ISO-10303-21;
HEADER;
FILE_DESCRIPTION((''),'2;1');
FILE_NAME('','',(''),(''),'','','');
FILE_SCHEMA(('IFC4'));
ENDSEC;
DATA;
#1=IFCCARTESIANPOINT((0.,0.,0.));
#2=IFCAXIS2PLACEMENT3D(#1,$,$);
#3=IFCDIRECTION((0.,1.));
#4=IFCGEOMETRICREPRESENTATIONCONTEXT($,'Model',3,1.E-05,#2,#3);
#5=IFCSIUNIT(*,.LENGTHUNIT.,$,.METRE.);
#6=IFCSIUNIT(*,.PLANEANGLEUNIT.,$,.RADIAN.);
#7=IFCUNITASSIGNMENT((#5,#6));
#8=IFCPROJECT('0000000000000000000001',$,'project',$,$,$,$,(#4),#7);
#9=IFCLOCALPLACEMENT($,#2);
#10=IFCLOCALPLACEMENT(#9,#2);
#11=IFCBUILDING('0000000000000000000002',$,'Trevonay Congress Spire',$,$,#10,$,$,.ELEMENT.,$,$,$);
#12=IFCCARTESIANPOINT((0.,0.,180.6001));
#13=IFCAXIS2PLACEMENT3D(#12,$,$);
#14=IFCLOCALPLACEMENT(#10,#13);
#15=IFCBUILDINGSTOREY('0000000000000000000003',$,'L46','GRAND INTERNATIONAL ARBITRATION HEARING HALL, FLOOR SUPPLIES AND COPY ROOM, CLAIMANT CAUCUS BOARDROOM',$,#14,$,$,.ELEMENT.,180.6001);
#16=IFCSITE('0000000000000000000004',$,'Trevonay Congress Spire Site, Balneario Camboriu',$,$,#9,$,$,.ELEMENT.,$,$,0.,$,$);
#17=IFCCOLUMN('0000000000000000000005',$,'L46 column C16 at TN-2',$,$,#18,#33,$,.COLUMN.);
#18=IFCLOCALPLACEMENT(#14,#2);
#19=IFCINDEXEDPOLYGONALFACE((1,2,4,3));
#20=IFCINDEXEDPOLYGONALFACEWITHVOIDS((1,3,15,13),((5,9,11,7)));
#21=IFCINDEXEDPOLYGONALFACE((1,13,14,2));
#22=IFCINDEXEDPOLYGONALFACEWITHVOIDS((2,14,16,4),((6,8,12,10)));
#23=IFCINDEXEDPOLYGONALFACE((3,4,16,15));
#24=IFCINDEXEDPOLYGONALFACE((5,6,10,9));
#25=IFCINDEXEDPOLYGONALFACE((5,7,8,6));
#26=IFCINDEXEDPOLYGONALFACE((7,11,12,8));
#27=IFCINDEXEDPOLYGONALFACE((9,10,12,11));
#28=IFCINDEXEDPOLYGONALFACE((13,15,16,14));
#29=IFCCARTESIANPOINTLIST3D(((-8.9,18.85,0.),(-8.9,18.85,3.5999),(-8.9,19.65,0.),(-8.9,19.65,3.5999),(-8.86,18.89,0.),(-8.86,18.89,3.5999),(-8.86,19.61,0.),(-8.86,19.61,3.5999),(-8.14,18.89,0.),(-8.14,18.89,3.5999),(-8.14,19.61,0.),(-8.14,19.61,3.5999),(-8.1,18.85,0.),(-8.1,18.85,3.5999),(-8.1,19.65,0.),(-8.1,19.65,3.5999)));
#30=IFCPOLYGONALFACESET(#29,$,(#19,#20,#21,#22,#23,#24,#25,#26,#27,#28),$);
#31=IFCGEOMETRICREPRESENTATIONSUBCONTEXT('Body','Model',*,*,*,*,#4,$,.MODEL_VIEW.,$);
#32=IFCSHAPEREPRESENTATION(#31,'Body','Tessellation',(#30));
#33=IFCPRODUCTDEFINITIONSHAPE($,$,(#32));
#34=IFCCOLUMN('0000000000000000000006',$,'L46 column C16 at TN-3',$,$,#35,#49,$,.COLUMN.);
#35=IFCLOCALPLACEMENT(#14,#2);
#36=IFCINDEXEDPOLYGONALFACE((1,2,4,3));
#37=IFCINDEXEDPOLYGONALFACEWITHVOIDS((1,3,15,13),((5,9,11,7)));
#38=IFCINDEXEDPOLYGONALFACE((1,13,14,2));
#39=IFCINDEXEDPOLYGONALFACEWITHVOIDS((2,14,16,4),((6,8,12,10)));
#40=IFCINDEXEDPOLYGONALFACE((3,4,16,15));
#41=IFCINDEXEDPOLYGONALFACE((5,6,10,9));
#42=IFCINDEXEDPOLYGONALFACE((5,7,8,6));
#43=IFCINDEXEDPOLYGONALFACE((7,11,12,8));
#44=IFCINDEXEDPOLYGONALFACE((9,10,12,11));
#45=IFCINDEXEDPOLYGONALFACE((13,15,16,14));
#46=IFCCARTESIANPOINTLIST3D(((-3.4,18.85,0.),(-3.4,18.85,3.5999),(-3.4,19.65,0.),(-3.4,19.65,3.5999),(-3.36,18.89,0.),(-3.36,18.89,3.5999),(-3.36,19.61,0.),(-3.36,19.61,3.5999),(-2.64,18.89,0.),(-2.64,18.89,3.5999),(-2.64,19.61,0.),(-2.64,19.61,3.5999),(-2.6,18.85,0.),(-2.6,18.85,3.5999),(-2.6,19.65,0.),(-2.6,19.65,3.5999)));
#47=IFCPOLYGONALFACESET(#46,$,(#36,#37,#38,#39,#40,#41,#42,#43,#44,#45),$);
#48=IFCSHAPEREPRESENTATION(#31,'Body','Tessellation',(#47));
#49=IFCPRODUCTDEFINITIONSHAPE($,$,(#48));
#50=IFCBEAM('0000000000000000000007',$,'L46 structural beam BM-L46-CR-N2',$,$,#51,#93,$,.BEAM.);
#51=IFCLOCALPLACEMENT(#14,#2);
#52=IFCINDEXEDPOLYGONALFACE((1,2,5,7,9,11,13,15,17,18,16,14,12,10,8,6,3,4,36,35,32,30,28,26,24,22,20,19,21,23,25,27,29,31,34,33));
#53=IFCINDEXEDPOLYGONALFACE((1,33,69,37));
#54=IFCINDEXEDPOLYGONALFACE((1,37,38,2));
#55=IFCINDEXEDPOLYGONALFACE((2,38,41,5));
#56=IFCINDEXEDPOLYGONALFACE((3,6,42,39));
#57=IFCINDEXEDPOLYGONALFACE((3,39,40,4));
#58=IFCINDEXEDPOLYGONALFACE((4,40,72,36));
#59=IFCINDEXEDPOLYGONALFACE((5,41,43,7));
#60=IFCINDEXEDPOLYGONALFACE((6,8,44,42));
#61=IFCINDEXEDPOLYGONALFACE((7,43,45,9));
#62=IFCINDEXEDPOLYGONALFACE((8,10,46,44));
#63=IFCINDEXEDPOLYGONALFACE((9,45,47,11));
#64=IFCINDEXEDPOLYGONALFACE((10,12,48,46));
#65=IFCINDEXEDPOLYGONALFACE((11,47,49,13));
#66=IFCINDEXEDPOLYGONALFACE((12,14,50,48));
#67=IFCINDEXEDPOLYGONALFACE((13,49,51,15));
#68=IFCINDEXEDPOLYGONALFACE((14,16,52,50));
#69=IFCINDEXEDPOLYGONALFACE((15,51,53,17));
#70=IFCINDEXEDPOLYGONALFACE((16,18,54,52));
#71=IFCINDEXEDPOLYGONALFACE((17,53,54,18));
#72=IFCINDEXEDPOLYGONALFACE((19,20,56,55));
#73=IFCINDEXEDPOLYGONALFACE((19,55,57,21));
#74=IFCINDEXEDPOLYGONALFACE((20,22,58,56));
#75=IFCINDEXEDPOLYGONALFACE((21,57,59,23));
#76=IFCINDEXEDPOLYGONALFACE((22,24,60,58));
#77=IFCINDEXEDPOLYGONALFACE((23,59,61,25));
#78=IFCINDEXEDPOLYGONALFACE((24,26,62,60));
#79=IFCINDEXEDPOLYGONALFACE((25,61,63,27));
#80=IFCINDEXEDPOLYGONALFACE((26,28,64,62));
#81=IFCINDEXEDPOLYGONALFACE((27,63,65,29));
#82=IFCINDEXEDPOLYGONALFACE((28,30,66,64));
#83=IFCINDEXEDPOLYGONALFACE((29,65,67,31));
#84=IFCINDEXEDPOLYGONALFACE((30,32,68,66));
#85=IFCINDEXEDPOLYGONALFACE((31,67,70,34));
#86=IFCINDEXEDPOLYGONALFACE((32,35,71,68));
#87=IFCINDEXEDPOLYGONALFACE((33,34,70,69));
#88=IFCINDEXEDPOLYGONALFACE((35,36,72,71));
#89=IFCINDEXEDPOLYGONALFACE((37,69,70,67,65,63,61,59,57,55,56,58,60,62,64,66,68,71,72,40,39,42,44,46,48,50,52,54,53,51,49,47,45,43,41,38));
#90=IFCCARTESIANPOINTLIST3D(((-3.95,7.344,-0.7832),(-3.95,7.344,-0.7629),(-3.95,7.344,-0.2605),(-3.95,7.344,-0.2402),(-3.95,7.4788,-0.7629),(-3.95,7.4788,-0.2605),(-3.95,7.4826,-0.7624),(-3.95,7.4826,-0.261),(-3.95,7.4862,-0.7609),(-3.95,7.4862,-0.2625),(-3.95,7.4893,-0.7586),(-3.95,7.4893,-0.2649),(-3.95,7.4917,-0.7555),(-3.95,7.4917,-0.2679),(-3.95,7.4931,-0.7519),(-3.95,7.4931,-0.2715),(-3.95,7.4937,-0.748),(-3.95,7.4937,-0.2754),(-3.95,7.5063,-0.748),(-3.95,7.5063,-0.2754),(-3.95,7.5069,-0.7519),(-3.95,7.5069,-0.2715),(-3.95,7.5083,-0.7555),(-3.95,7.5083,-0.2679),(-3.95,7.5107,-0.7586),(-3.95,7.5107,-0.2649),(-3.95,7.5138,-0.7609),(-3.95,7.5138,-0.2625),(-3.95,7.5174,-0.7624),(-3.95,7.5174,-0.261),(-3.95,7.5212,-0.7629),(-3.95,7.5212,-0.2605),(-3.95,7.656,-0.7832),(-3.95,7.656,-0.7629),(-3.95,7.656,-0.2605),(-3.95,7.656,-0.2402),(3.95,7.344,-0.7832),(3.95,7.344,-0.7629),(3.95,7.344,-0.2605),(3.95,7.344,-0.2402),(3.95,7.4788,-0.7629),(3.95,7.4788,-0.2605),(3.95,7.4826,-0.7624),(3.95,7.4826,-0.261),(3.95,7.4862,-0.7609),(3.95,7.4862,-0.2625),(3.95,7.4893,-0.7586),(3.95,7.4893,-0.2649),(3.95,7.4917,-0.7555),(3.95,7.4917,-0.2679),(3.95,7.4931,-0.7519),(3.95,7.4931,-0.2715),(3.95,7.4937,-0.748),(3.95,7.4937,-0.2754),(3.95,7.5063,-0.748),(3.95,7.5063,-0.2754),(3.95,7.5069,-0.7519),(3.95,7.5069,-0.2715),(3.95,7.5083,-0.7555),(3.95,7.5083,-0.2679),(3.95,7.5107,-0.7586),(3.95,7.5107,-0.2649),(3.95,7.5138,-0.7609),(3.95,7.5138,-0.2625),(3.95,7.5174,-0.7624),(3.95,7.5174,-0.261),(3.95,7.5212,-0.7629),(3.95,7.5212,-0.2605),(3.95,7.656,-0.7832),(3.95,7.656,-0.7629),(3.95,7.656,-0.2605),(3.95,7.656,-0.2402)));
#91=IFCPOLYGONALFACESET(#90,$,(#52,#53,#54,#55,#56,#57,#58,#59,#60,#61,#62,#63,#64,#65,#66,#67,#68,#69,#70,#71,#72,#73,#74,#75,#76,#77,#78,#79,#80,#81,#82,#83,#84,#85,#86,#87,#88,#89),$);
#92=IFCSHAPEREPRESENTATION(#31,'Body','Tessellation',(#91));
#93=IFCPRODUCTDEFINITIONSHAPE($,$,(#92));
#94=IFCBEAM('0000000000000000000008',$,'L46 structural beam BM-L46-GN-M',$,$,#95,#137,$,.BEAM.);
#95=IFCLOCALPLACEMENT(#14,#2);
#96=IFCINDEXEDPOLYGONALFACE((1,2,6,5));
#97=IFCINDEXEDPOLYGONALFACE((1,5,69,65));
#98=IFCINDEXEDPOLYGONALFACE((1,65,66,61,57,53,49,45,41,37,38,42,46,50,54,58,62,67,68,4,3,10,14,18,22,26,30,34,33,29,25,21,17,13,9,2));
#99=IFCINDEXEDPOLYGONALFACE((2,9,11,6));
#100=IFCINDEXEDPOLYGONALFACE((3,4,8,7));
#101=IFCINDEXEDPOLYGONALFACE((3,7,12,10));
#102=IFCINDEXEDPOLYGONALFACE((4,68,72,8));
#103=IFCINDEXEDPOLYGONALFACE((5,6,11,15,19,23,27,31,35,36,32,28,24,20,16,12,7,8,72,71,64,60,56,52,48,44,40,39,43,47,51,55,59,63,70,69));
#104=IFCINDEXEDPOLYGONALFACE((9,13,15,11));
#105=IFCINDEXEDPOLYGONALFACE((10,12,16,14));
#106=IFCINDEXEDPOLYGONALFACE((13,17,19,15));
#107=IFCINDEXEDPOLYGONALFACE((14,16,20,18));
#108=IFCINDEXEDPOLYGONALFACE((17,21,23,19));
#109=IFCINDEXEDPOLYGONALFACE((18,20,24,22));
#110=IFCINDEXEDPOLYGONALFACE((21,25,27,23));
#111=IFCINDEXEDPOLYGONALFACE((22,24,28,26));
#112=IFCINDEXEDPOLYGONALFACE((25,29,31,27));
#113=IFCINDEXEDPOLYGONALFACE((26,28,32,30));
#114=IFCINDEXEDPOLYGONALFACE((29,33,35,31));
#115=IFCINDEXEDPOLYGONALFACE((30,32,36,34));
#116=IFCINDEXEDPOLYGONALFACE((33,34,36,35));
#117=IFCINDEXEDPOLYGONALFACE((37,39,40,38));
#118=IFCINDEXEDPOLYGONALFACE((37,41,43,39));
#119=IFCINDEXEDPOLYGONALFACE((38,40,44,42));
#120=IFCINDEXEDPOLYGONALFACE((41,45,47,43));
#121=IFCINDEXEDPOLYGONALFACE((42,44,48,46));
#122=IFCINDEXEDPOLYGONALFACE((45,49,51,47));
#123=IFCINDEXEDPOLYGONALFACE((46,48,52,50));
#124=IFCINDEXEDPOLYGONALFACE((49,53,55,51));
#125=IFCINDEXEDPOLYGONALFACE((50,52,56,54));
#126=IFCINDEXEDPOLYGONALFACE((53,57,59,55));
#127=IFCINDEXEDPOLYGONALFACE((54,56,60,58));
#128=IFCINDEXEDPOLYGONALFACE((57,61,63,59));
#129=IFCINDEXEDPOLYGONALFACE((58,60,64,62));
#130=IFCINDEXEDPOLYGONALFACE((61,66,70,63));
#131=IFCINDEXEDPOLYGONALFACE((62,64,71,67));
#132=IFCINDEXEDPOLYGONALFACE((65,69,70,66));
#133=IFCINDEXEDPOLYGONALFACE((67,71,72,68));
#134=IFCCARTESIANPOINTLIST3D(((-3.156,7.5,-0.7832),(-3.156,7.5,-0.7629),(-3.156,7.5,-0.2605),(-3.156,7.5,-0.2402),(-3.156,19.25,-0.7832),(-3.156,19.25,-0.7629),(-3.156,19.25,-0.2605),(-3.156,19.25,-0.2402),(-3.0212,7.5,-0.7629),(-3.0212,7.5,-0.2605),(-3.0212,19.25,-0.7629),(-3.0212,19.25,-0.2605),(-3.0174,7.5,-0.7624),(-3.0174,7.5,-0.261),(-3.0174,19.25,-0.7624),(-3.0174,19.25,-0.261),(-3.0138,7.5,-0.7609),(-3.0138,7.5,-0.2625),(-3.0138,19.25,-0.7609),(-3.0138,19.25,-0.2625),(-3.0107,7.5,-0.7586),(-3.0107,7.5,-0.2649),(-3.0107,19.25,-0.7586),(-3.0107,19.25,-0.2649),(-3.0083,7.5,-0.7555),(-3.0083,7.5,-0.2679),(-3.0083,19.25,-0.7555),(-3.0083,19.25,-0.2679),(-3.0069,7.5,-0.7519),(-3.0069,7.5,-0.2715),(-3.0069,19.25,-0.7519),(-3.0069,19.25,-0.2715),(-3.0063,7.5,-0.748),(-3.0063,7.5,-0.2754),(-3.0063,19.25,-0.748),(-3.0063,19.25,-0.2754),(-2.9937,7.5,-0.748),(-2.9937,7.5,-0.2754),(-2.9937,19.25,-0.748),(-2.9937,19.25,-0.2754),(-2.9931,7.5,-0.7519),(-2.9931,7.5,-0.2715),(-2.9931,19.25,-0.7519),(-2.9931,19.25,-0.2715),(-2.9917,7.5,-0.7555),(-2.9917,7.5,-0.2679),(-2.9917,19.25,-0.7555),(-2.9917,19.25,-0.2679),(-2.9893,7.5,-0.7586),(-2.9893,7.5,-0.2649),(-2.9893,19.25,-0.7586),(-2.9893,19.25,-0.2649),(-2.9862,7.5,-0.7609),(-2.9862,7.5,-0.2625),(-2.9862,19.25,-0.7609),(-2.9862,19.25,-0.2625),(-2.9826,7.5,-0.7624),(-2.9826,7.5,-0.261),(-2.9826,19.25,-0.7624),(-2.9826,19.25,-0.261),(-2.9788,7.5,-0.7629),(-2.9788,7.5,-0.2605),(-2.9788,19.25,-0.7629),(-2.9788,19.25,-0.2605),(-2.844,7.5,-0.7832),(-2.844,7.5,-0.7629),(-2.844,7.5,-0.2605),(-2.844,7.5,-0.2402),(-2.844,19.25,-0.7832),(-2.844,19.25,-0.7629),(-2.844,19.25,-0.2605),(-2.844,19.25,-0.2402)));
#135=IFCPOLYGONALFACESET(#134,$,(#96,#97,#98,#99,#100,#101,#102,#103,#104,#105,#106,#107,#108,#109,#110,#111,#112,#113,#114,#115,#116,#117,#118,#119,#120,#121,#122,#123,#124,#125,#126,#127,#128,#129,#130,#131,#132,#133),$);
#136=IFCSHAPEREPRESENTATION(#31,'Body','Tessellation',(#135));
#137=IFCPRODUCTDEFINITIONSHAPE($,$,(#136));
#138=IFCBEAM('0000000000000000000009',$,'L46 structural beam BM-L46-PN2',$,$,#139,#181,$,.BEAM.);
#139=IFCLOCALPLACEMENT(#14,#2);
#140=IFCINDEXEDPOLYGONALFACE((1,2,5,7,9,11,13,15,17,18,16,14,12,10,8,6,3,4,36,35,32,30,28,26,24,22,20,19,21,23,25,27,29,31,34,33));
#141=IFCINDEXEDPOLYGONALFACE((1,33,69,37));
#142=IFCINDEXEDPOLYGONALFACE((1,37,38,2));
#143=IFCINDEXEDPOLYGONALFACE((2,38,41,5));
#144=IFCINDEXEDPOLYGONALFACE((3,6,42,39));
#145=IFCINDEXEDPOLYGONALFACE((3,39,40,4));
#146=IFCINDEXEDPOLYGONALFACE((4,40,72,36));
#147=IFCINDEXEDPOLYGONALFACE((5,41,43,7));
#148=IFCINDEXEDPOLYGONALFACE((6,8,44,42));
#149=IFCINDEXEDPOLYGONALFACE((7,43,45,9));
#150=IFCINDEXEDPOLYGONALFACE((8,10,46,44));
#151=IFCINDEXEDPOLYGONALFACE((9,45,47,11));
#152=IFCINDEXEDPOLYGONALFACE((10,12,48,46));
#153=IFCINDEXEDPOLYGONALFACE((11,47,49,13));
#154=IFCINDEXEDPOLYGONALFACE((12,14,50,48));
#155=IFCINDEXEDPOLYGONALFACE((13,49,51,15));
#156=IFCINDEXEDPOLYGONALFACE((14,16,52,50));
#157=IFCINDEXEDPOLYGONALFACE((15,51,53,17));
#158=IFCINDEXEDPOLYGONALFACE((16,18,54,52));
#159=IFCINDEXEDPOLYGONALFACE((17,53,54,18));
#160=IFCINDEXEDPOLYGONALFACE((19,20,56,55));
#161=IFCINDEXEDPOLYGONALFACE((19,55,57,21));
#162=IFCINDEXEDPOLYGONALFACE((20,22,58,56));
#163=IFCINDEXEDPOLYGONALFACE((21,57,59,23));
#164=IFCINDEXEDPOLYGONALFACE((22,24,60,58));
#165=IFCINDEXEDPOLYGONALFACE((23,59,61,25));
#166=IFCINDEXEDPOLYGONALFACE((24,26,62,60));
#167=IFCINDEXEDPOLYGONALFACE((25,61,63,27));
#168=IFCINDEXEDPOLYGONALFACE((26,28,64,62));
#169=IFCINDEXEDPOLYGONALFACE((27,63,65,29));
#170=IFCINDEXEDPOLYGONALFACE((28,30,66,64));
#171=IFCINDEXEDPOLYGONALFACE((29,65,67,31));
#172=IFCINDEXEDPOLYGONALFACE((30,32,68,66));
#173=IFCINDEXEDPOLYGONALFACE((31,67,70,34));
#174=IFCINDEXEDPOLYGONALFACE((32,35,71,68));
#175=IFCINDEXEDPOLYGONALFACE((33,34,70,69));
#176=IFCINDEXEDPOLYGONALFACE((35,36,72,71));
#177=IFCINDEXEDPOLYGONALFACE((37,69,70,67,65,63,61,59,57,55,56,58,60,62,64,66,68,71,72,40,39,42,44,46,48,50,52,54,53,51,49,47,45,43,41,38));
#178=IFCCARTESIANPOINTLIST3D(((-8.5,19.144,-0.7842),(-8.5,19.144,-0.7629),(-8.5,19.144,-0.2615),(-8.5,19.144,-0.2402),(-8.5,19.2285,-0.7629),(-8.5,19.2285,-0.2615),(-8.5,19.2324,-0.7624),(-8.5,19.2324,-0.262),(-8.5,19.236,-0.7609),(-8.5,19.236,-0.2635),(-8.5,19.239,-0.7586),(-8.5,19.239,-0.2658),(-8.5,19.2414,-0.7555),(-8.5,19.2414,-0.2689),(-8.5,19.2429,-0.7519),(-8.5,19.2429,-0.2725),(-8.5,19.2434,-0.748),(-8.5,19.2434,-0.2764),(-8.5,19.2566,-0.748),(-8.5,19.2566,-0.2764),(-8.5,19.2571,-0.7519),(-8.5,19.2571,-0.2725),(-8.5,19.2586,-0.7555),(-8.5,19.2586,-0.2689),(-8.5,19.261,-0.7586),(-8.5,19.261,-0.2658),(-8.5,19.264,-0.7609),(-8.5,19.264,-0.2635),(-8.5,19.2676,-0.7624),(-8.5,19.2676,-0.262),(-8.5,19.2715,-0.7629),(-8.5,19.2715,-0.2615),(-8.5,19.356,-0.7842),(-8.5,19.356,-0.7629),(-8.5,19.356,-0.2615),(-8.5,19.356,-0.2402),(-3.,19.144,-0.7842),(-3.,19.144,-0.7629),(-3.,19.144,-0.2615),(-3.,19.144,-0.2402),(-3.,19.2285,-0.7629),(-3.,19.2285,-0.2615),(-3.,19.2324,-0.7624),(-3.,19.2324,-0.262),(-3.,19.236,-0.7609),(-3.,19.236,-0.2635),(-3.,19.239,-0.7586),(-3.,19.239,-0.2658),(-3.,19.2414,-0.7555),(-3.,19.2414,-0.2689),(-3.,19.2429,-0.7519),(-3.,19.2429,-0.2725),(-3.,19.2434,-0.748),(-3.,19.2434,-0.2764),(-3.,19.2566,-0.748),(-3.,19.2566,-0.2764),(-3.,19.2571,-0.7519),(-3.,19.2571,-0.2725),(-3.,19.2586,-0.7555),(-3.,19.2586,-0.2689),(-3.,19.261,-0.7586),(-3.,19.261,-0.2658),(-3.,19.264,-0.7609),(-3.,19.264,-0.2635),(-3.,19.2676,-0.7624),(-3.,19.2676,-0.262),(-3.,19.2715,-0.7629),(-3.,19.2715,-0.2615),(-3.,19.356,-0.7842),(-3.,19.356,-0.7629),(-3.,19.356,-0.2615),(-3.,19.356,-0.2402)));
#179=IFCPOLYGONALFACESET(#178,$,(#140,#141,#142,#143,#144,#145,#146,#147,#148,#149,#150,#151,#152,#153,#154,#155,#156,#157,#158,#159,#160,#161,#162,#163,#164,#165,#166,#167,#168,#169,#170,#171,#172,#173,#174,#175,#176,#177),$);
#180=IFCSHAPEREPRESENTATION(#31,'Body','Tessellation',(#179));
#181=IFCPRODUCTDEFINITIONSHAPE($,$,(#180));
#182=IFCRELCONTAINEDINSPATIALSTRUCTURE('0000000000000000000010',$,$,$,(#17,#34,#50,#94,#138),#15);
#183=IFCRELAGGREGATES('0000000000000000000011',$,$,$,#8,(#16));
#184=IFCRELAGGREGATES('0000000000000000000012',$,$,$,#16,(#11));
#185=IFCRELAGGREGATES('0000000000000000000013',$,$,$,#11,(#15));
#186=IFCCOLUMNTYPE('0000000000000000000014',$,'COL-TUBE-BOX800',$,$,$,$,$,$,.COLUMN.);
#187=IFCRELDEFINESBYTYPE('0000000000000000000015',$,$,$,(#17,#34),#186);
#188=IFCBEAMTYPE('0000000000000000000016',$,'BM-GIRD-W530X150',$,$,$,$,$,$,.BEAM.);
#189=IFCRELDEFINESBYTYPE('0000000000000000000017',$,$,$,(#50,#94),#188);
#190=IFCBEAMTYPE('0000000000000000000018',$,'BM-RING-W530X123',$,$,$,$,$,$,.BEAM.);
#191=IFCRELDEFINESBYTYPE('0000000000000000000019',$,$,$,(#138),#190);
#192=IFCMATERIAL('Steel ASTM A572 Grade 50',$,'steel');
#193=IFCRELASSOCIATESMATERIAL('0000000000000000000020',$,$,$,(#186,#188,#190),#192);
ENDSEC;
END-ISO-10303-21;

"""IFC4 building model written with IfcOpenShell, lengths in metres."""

from ifc_helpers import new_model, si_unit, direction, frame, origin, origin_2d, place, context, subcontext, project, spatial, hollow_rectangle, i_section, extrude, material, material_profile, profile_set, type_object, element, save


model = new_model("IFC4")

# Units and contexts
model_context = context("Model", 3, precision=1e-05, world=origin(), true_north=direction((0.0, 1.0)))
body_context = subcontext(model_context, "Body", "Model", "MODEL_VIEW")
ifc_project = project(units=[si_unit("LENGTHUNIT", "METRE"), si_unit("PLANEANGLEUNIT", "RADIAN")], contexts=[model_context])

# Site, building, storey
site_placement = place(None, origin())
site = spatial("IfcSite", under=ifc_project, at=site_placement, Name="Trevonay Congress Spire Site, Balneario Camboriu", CompositionType="ELEMENT", RefElevation=0.0)
building_placement = place(site_placement, origin())
building = spatial("IfcBuilding", under=site, at=building_placement, Name="Trevonay Congress Spire", CompositionType="ELEMENT")
storey_placement = place(building_placement, frame((0.0, 0.0, 180.6001)))
storey = spatial("IfcBuildingStorey", under=building, at=storey_placement, Name="L46", Description="GRAND INTERNATIONAL ARBITRATION HEARING HALL, FLOOR SUPPLIES AND COPY ROOM, CLAIMANT CAUCUS BOARDROOM", CompositionType="ELEMENT", Elevation=180.6001)

# Columns
ifc_material_1 = material(Name="Steel ASTM A572 Grade 50", Category="steel")
ifc_material_profile_1 = material_profile(ifc_material_1, hollow_rectangle(XDim=0.8, YDim=0.8, WallThickness=0.04, at=origin_2d()), Name="BOX 800x800x40")
ifc_profile_set_1 = profile_set([ifc_material_profile_1], Name="Steel ASTM A572 Grade 50")
column_type = type_object("IfcColumnType", Name="COL-TUBE-BOX800", PredefinedType="COLUMN", material=ifc_profile_set_1)
for number, where, z_axis, x_axis, name in (
    (1, (-8.5, 19.25, 0.0), (0.0, 0.0, 1.0), (1.0, 0.0, 0.0), "L46 column C16 at TN-2"),
    (2, (-3.0, 19.25, 0.0), (0.0, 0.0, 1.0), (1.0, 0.0, 0.0), "L46 column C16 at TN-3"),
):
    element("IfcColumn", number, at=place(storey_placement, frame(where, z_axis=z_axis, x_axis=x_axis)), inside=storey, type_object=column_type, Name=name, PredefinedType="COLUMN", context=body_context, shape_type="SweptSolid", body=[
        extrude(hollow_rectangle(XDim=0.8, YDim=0.8, WallThickness=0.04, at=origin_2d()), origin(), (0.0, 0.0, 1.0), 3.5999),
    ])

# Beams
ifc_material_profile_2 = material_profile(ifc_material_1, i_section(OverallWidth=0.312, OverallDepth=0.543, WebThickness=0.0127, FlangeThickness=0.0203, FilletRadius=0.0149, at=origin_2d()), Name="W530x150")
ifc_profile_set_2 = profile_set([ifc_material_profile_2], Name="Steel ASTM A572 Grade 50")
beam_type_1 = type_object("IfcBeamType", Name="BM-GIRD-W530X150", PredefinedType="BEAM", material=ifc_profile_set_2)
beam_1_placement = place(storey_placement, frame((-3.95, 7.5, -0.5117), z_axis=(1.0, 0.0, 0.0), x_axis=(0.0, 1.0, 0.0)))
element("IfcBeam", 3, at=beam_1_placement, inside=storey, type_object=beam_type_1, Name="L46 structural beam BM-L46-CR-N2", PredefinedType="BEAM", context=body_context, shape_type="SweptSolid", body=[
    extrude(i_section(OverallWidth=0.312, OverallDepth=0.543, WebThickness=0.0127, FlangeThickness=0.0203, FilletRadius=0.0149, at=origin_2d()), origin(), (0.0, 0.0, 1.0), 7.8999),
])
beam_2_placement = place(storey_placement, frame((-3.0, 7.5, -0.5117), z_axis=(0.0, 1.0, 0.0), x_axis=(-1.0, 0.0, 0.0)))
element("IfcBeam", 4, at=beam_2_placement, inside=storey, type_object=beam_type_1, Name="L46 structural beam BM-L46-GN-M", PredefinedType="BEAM", context=body_context, shape_type="SweptSolid", body=[
    extrude(i_section(OverallWidth=0.312, OverallDepth=0.543, WebThickness=0.0127, FlangeThickness=0.0203, FilletRadius=0.0149, at=origin_2d()), origin(), (0.0, 0.0, 1.0), 11.75),
])
ifc_material_profile_3 = material_profile(ifc_material_1, i_section(OverallWidth=0.2119, OverallDepth=0.5439, WebThickness=0.0132, FlangeThickness=0.0212, FilletRadius=0.0149, at=origin_2d()), Name="W530x123")
ifc_profile_set_3 = profile_set([ifc_material_profile_3], Name="Steel ASTM A572 Grade 50")
beam_type_2 = type_object("IfcBeamType", Name="BM-RING-W530X123", PredefinedType="BEAM", material=ifc_profile_set_3)
beam_3_placement = place(storey_placement, frame((-8.5, 19.25, -0.5122), z_axis=(1.0, 0.0, 0.0), x_axis=(0.0, 1.0, 0.0)))
element("IfcBeam", 5, at=beam_3_placement, inside=storey, type_object=beam_type_2, Name="L46 structural beam BM-L46-PN2", PredefinedType="BEAM", context=body_context, shape_type="SweptSolid", body=[
    extrude(i_section(OverallWidth=0.2119, OverallDepth=0.5439, WebThickness=0.0132, FlangeThickness=0.0212, FilletRadius=0.0149, at=origin_2d()), origin(), (0.0, 0.0, 1.0), 5.5),
])

save(model, "model.ifc")
